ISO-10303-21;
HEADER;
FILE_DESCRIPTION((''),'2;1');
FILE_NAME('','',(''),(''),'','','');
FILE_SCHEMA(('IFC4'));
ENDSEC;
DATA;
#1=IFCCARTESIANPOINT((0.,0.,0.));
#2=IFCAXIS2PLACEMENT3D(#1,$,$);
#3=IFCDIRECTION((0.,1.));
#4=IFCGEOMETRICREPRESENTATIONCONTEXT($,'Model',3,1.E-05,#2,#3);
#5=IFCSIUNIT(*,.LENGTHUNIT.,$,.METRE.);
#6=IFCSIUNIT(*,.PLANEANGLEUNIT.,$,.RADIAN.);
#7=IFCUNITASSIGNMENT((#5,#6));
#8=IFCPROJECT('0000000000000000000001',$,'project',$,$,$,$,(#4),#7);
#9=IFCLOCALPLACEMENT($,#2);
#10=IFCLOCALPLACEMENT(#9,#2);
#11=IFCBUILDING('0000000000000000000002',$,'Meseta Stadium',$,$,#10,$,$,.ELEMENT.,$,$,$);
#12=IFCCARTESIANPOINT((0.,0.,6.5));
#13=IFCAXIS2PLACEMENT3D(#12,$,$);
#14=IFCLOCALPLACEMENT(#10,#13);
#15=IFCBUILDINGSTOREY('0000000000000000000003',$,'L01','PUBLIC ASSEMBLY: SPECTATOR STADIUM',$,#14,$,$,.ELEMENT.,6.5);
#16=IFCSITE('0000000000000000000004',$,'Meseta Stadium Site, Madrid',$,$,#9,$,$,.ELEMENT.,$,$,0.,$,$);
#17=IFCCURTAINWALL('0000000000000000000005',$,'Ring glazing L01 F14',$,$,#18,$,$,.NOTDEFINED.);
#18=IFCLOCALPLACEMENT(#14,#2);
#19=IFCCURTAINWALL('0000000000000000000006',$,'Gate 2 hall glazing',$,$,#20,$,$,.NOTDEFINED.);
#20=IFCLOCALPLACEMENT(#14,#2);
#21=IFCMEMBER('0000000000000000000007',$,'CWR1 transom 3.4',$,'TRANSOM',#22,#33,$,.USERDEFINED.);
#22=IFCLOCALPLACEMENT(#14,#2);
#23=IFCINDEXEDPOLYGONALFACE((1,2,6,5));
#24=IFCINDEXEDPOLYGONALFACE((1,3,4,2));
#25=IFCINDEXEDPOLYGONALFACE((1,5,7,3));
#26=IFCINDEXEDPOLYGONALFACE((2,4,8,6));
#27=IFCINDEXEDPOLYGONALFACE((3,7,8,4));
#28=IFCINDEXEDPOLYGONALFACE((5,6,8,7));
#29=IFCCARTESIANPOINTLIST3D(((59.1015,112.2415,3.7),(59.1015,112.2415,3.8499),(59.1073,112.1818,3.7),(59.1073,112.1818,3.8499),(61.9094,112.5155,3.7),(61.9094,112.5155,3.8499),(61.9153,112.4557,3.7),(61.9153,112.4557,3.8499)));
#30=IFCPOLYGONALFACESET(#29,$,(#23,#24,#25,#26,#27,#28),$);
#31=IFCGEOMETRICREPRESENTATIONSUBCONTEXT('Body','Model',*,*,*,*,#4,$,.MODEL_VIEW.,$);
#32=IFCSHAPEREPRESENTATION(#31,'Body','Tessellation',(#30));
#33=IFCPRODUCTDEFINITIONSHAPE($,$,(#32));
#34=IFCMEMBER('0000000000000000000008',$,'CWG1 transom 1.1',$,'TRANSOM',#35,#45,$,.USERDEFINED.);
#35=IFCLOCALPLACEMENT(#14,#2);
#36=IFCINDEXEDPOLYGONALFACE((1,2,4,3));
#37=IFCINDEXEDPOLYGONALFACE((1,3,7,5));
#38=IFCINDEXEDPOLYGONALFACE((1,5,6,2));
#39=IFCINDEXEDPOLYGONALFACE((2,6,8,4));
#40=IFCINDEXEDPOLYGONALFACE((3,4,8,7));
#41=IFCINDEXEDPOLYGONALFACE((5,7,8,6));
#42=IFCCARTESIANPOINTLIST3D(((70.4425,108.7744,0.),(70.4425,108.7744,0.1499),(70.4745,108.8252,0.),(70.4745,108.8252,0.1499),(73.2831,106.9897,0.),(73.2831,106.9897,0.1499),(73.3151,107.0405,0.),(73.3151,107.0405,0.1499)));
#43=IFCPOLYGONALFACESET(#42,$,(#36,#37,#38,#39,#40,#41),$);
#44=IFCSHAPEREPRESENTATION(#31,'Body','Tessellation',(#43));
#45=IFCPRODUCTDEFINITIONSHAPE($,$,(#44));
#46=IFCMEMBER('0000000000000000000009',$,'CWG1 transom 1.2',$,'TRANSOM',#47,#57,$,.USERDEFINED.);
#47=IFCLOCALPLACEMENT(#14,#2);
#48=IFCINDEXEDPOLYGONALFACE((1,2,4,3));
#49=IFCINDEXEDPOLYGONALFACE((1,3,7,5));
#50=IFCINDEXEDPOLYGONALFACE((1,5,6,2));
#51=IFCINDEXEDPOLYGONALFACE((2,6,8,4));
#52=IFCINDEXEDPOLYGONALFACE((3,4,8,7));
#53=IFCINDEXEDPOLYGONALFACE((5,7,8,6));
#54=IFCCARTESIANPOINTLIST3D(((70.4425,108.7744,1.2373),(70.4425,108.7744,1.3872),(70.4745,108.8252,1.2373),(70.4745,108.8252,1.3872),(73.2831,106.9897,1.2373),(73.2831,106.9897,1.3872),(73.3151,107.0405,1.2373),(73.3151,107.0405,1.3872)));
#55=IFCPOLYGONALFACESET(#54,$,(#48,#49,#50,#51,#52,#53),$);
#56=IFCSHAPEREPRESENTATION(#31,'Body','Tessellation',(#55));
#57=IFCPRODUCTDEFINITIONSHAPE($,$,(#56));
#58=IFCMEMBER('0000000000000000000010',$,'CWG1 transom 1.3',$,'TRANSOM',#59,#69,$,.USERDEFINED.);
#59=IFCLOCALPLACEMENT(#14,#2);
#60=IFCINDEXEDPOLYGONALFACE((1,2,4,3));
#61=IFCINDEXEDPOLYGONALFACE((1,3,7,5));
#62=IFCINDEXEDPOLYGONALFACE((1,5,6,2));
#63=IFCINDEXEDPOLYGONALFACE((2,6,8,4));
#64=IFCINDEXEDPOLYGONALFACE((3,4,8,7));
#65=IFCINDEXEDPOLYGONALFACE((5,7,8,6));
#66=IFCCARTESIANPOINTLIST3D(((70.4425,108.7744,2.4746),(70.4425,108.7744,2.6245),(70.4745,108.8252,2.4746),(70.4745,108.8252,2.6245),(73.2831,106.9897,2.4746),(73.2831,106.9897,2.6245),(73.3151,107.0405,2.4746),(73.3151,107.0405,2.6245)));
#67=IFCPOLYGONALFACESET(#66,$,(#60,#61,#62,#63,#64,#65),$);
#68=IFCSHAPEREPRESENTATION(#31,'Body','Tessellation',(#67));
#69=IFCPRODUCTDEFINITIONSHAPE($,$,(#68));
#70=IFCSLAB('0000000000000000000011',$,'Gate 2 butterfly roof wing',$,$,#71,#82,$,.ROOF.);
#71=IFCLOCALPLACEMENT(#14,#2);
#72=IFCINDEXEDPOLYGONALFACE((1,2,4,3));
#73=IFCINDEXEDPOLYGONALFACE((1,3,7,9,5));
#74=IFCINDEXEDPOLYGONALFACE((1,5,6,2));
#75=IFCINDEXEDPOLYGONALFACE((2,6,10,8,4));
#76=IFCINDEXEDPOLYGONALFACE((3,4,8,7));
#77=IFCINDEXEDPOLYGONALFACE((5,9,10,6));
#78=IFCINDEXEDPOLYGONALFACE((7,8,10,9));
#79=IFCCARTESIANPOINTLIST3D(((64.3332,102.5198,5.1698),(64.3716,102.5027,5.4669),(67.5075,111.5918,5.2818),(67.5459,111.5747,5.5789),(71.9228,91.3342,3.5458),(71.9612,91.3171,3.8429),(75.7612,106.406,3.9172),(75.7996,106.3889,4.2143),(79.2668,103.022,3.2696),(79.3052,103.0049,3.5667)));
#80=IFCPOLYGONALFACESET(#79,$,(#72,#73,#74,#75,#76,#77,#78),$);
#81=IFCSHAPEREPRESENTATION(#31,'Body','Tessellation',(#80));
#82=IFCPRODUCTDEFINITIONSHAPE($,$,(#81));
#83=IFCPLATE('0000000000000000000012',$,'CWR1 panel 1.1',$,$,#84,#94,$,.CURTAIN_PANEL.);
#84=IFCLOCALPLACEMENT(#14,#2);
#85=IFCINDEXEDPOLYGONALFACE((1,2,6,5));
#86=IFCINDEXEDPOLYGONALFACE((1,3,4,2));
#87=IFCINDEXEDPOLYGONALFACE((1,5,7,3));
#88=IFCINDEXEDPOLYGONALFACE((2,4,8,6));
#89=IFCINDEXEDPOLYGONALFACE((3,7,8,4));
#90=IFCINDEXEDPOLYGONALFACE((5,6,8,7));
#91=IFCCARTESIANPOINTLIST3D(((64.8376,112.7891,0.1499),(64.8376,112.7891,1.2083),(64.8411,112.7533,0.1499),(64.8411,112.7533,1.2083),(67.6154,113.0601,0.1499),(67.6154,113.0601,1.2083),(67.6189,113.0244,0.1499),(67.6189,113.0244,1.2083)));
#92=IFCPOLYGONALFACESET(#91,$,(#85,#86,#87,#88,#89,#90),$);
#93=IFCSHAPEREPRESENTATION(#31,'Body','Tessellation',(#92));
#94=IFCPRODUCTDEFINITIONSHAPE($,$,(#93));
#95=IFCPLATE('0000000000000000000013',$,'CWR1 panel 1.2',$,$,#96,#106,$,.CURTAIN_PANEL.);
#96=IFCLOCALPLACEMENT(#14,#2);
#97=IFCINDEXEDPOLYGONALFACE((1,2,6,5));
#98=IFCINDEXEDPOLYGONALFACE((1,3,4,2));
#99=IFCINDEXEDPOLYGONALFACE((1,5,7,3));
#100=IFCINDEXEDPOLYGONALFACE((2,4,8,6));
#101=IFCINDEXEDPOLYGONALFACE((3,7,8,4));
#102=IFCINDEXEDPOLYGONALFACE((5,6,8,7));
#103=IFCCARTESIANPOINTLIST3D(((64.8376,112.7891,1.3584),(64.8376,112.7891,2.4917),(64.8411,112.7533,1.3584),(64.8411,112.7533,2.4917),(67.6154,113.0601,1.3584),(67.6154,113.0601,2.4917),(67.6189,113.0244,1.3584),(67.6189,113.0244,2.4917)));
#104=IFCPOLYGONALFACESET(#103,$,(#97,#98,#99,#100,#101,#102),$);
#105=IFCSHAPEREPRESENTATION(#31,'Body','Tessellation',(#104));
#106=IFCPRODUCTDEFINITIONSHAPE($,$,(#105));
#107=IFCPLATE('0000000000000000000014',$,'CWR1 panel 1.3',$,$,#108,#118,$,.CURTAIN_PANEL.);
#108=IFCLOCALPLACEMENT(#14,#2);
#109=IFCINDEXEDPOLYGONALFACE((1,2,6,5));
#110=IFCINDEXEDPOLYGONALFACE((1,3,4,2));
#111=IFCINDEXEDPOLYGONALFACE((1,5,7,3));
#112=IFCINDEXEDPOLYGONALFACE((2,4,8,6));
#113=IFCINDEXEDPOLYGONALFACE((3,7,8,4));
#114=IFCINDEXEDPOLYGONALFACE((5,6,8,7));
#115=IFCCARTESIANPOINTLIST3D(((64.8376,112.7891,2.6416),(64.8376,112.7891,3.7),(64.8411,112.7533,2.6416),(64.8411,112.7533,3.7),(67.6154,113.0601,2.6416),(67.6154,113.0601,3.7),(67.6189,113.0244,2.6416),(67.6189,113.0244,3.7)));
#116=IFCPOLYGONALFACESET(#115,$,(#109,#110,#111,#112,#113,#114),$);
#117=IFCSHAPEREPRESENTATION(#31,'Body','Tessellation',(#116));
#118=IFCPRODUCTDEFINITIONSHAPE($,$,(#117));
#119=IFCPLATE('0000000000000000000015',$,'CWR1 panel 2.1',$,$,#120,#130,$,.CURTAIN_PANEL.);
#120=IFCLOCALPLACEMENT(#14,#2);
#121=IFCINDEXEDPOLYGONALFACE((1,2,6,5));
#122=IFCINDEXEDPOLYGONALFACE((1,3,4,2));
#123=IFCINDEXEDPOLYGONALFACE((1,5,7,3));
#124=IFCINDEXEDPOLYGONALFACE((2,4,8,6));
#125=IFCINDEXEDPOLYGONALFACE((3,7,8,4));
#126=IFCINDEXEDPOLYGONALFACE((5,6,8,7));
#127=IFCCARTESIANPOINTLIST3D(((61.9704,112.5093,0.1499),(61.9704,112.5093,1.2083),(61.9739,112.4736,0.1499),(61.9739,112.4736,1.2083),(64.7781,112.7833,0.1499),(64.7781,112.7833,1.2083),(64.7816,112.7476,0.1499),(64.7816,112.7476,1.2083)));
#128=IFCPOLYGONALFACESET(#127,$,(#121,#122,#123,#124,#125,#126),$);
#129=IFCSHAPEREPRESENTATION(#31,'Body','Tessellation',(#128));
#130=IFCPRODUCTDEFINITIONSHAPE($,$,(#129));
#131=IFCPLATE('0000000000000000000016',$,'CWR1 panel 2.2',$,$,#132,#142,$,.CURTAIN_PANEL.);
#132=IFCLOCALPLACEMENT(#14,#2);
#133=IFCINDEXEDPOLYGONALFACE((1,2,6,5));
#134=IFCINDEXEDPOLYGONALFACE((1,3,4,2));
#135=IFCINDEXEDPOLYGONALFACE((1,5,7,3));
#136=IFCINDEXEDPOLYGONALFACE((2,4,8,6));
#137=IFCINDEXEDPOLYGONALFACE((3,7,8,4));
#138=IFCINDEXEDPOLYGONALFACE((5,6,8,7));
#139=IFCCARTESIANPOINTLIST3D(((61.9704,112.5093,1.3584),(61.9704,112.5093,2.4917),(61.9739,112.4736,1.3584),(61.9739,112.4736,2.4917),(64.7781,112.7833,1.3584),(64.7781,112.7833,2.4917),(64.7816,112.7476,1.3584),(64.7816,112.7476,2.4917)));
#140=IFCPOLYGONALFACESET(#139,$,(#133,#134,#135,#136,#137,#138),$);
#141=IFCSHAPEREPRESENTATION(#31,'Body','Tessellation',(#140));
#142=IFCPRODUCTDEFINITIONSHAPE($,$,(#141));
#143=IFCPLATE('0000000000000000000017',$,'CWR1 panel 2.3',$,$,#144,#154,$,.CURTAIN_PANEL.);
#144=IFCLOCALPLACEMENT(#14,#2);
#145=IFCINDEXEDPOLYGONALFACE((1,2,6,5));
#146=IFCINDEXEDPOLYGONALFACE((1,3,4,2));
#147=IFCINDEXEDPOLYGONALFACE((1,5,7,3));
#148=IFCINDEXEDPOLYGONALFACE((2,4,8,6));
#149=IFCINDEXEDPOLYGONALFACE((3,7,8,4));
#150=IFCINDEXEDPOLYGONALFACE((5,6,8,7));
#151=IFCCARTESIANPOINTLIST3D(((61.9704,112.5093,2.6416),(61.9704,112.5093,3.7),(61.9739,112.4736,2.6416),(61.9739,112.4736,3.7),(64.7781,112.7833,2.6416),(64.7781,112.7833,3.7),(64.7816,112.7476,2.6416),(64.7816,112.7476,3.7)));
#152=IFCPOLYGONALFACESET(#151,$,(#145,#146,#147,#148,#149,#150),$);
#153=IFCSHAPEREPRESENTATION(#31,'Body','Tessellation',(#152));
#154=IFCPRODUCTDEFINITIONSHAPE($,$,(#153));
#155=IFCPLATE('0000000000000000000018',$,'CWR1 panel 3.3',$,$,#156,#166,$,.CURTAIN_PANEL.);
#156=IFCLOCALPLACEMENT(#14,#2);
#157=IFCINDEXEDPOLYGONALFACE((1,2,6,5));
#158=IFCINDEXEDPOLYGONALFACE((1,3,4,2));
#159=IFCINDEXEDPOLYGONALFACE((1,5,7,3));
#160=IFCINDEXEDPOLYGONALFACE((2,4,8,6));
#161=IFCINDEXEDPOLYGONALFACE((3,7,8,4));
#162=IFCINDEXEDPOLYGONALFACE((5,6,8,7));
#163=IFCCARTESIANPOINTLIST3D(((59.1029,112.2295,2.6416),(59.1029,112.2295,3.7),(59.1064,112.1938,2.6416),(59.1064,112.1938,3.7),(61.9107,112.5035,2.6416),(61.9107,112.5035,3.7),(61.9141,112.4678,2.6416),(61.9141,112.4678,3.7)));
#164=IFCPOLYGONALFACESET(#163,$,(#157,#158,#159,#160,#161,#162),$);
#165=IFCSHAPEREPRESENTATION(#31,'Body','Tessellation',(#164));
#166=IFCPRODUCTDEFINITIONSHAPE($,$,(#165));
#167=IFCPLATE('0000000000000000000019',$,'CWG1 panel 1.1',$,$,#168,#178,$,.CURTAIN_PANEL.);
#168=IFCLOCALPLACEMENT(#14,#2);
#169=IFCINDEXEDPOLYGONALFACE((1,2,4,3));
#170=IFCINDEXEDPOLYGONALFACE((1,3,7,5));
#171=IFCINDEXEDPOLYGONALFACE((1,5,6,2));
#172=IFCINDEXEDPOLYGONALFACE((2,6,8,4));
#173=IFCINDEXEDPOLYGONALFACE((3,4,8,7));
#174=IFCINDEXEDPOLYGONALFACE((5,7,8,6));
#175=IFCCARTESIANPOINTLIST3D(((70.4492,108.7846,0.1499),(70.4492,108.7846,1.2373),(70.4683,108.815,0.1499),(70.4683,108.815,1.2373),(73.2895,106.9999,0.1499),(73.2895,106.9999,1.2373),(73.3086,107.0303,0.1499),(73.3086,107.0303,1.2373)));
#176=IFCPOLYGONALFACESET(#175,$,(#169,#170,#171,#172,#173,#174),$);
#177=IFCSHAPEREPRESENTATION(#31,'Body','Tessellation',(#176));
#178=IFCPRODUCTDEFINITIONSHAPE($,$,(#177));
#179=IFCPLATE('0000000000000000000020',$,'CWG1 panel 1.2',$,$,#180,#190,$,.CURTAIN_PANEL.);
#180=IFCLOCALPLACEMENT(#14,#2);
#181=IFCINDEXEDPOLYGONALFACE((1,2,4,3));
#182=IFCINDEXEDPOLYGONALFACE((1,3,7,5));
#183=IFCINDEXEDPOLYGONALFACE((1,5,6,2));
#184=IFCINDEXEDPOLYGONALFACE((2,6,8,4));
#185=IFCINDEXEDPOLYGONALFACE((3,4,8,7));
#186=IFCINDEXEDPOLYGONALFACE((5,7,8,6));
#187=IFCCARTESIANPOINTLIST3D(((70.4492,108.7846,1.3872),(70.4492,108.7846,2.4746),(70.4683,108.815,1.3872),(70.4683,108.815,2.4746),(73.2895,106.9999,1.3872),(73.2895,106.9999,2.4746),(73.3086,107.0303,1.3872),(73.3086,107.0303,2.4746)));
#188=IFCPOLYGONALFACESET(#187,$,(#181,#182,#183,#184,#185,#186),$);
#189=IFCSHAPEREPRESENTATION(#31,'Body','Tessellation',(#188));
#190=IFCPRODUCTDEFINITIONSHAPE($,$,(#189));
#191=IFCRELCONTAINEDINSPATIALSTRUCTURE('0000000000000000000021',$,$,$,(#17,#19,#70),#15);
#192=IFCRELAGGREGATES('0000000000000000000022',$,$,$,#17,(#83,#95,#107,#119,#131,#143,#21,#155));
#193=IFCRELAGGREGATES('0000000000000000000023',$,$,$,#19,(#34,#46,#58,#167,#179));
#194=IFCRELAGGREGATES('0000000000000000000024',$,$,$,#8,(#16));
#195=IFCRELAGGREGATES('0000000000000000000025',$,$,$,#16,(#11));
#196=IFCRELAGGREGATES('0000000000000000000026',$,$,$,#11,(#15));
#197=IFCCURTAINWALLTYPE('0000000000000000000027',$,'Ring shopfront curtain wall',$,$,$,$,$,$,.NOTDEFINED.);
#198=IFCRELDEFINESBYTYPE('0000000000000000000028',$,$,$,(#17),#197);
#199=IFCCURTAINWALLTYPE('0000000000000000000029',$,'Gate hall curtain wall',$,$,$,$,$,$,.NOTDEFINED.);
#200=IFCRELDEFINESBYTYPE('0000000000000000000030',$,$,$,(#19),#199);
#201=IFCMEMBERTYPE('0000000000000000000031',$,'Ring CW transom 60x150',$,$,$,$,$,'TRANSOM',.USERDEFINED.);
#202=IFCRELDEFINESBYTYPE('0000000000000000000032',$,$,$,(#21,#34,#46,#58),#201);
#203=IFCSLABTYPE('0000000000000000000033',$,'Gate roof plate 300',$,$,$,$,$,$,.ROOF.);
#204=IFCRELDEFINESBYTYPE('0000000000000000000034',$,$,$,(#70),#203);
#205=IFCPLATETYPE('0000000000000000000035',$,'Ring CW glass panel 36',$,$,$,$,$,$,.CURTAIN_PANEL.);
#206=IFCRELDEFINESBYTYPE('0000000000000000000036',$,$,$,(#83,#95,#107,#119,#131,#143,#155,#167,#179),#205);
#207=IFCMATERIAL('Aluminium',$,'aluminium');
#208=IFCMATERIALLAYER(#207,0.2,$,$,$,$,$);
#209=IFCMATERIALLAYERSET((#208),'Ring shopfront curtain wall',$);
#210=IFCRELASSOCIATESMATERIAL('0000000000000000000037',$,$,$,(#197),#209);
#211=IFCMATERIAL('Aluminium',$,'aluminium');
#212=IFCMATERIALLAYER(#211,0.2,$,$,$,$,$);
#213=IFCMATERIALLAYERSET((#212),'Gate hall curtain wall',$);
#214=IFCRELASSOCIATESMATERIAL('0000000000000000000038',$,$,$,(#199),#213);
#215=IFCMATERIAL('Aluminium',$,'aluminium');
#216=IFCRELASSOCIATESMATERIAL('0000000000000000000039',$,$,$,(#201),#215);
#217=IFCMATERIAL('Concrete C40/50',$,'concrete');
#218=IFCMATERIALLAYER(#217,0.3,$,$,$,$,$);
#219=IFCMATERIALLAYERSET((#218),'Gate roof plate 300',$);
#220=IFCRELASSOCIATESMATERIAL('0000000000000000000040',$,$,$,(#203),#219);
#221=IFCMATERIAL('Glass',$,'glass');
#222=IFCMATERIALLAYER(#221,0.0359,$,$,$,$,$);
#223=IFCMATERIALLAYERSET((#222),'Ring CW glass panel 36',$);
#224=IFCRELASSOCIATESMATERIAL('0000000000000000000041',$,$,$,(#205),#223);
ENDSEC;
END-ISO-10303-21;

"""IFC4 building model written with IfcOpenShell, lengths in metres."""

from ifc_helpers import new_model, si_unit, direction, frame, origin, origin_2d, place, context, subcontext, project, spatial, polyline, rectangle, outline, extrude, material, layer, layer_set, material_profile, profile_set, type_object, element, aggregate, save


model = new_model("IFC4")

# Units and contexts
model_context = context("Model", 3, precision=1e-05, world=origin(), true_north=direction((0.0, 1.0)))
body_context = subcontext(model_context, "Body", "Model", "MODEL_VIEW")
ifc_project = project(units=[si_unit("LENGTHUNIT", "METRE"), si_unit("PLANEANGLEUNIT", "RADIAN")], contexts=[model_context])

# Site, building, storey
site_placement = place(None, origin())
site = spatial("IfcSite", under=ifc_project, at=site_placement, Name="Meseta Stadium Site, Madrid", CompositionType="ELEMENT", RefElevation=0.0)
building_placement = place(site_placement, origin())
building = spatial("IfcBuilding", under=site, at=building_placement, Name="Meseta Stadium", CompositionType="ELEMENT")
storey_placement = place(building_placement, frame((0.0, 0.0, 6.5)))
storey = spatial("IfcBuildingStorey", under=building, at=storey_placement, Name="L01", Description="PUBLIC ASSEMBLY: SPECTATOR STADIUM", CompositionType="ELEMENT", Elevation=6.5)

# Curtain walls
ifc_material_1 = material(Name="Aluminium", Category="aluminium")
ifc_layer_1 = layer(ifc_material_1, 0.2)
ifc_layer_set_1 = layer_set([ifc_layer_1], Name="Ring shopfront curtain wall")
curtain_wall_type_1 = type_object("IfcCurtainWallType", Name="Ring shopfront curtain wall", PredefinedType="NOTDEFINED", material=ifc_layer_set_1)
curtain_wall_1_placement = place(storey_placement, origin())
curtain_wall_1 = element("IfcCurtainWall", 1, at=curtain_wall_1_placement, inside=storey, type_object=curtain_wall_type_1, Name="Ring glazing L01 F14", PredefinedType="NOTDEFINED")
ifc_material_2 = material(Name="Aluminium", Category="aluminium")
ifc_layer_2 = layer(ifc_material_2, 0.2)
ifc_layer_set_2 = layer_set([ifc_layer_2], Name="Gate hall curtain wall")
curtain_wall_type_2 = type_object("IfcCurtainWallType", Name="Gate hall curtain wall", PredefinedType="NOTDEFINED", material=ifc_layer_set_2)
curtain_wall_2_placement = place(storey_placement, origin())
curtain_wall_2 = element("IfcCurtainWall", 2, at=curtain_wall_2_placement, inside=storey, type_object=curtain_wall_type_2, Name="Gate 2 hall glazing", PredefinedType="NOTDEFINED")

# Members
ifc_material_3 = material(Name="Aluminium", Category="aluminium")
ifc_material_profile_1 = material_profile(ifc_material_3, rectangle(XDim=0.0601, YDim=0.1499, at=origin_2d()), Name="CW 60x150")
ifc_profile_set_1 = profile_set([ifc_material_profile_1], Name="Aluminium")
member_type_1 = type_object("IfcMemberType", Name="Ring CW transom 60x150", ElementType="TRANSOM", PredefinedType="USERDEFINED", material=ifc_profile_set_1)
member_1_placement = place(storey_placement, frame((61.9124, 112.4856, 3.7749), z_axis=(-0.995275, -0.097096, 0.0), x_axis=(0.097096, -0.995275, 0.0)))
member_1 = element("IfcMember", 3, at=member_1_placement, type_object=member_type_1, Name="CWR1 transom 3.4", ObjectType="TRANSOM", PredefinedType="USERDEFINED", context=body_context, shape_type="SweptSolid", body=[
    extrude(rectangle(XDim=0.0601, YDim=0.1499, at=origin_2d()), origin(), (0.0, 0.0, 1.0), 2.8213),
])
member_2_placement = place(storey_placement, frame((70.4585, 108.7998, 0.075), z_axis=(0.846749, -0.531993, 0.0), x_axis=(0.531993, 0.846749, 0.0)))
member_2 = element("IfcMember", 4, at=member_2_placement, type_object=member_type_1, Name="CWG1 transom 1.1", ObjectType="TRANSOM", PredefinedType="USERDEFINED", context=body_context, shape_type="SweptSolid", body=[
    extrude(rectangle(XDim=0.0601, YDim=0.1499, at=origin_2d()), origin(), (0.0, 0.0, 1.0), 3.3547),
])
member_3_placement = place(storey_placement, frame((70.4585, 108.7998, 1.3123), z_axis=(0.846749, -0.531993, 0.0), x_axis=(0.531993, 0.846749, 0.0)))
member_3 = element("IfcMember", 5, at=member_3_placement, type_object=member_type_1, Name="CWG1 transom 1.2", ObjectType="TRANSOM", PredefinedType="USERDEFINED", context=body_context, shape_type="SweptSolid", body=[
    extrude(rectangle(XDim=0.0601, YDim=0.1499, at=origin_2d()), origin(), (0.0, 0.0, 1.0), 3.3547),
])
member_4_placement = place(storey_placement, frame((70.4585, 108.7998, 2.5496), z_axis=(0.846749, -0.531993, 0.0), x_axis=(0.531993, 0.846749, 0.0)))
member_4 = element("IfcMember", 6, at=member_4_placement, type_object=member_type_1, Name="CWG1 transom 1.3", ObjectType="TRANSOM", PredefinedType="USERDEFINED", context=body_context, shape_type="SweptSolid", body=[
    extrude(rectangle(XDim=0.0601, YDim=0.1499, at=origin_2d()), origin(), (0.0, 0.0, 1.0), 3.3547),
])

# Slab
ifc_material_4 = material(Name="Concrete C40/50", Category="concrete")
ifc_layer_3 = layer(ifc_material_4, 0.3)
ifc_layer_set_3 = layer_set([ifc_layer_3], Name="Gate roof plate 300")
slab_type = type_object("IfcSlabType", Name="Gate roof plate 300", PredefinedType="ROOF", material=ifc_layer_set_3)
slab_placement = place(storey_placement, frame((67.5459, 111.5747, 5.5789), z_axis=(0.127906, -0.056974, 0.990148), x_axis=(-0.330244, -0.943824, -0.011648)))
element("IfcSlab", 7, at=slab_placement, inside=storey, type_object=slab_type, Name="Gate 2 butterfly roof wing", PredefinedType="ROOF", context=body_context, shape_type="SweptSolid", body=[
    extrude(outline(polyline([(0.0, 0.0), (9.612, 0.0), (17.6817, 10.9652), (4.2284, 14.0674), (2.1846, 9.5971), (0.0, 0.0)])), origin(), (0.0, 0.0, -1.0), 0.3),
])

# Plates
ifc_material_5 = material(Name="Glass", Category="glass")
ifc_layer_4 = layer(ifc_material_5, 0.0359)
ifc_layer_set_4 = layer_set([ifc_layer_4], Name="Ring CW glass panel 36")
plate_type = type_object("IfcPlateType", Name="Ring CW glass panel 36", PredefinedType="CURTAIN_PANEL", material=ifc_layer_set_4)
plate_1_placement = place(storey_placement, frame((66.2283, 112.9067, 0.1499), z_axis=(0.0, 0.0, 1.0), x_axis=(-0.995272, -0.097125, 0.0)))
plate_1 = element("IfcPlate", 8, at=plate_1_placement, type_object=plate_type, Name="CWR1 panel 1.1", PredefinedType="CURTAIN_PANEL", context=body_context, shape_type="SweptSolid", body=[
    extrude(rectangle(XDim=2.791, YDim=0.0359, at=origin_2d()), origin(), (0.0, 0.0, 1.0), 1.0583),
])
plate_2_placement = place(storey_placement, frame((66.2283, 112.9067, 1.3584), z_axis=(0.0, 0.0, 1.0), x_axis=(-0.995272, -0.097125, 0.0)))
plate_2 = element("IfcPlate", 9, at=plate_2_placement, type_object=plate_type, Name="CWR1 panel 1.2", PredefinedType="CURTAIN_PANEL", context=body_context, shape_type="SweptSolid", body=[
    extrude(rectangle(XDim=2.791, YDim=0.0359, at=origin_2d()), origin(), (0.0, 0.0, 1.0), 1.1333),
])
plate_3_placement = place(storey_placement, frame((66.2283, 112.9067, 2.6416), z_axis=(0.0, 0.0, 1.0), x_axis=(-0.995272, -0.097125, 0.0)))
plate_3 = element("IfcPlate", 10, at=plate_3_placement, type_object=plate_type, Name="CWR1 panel 1.3", PredefinedType="CURTAIN_PANEL", context=body_context, shape_type="SweptSolid", body=[
    extrude(rectangle(XDim=2.791, YDim=0.0359, at=origin_2d()), origin(), (0.0, 0.0, 1.0), 1.0583),
])
plate_4_placement = place(storey_placement, frame((63.376, 112.6284, 0.1499), z_axis=(0.0, 0.0, 1.0), x_axis=(-0.995272, -0.097125, 0.0)))
plate_4 = element("IfcPlate", 11, at=plate_4_placement, type_object=plate_type, Name="CWR1 panel 2.1", PredefinedType="CURTAIN_PANEL", context=body_context, shape_type="SweptSolid", body=[
    extrude(rectangle(XDim=2.821, YDim=0.0359, at=origin_2d()), origin(), (0.0, 0.0, 1.0), 1.0583),
])
plate_5_placement = place(storey_placement, frame((63.376, 112.6284, 1.3584), z_axis=(0.0, 0.0, 1.0), x_axis=(-0.995272, -0.097125, 0.0)))
plate_5 = element("IfcPlate", 12, at=plate_5_placement, type_object=plate_type, Name="CWR1 panel 2.2", PredefinedType="CURTAIN_PANEL", context=body_context, shape_type="SweptSolid", body=[
    extrude(rectangle(XDim=2.821, YDim=0.0359, at=origin_2d()), origin(), (0.0, 0.0, 1.0), 1.1333),
])
plate_6_placement = place(storey_placement, frame((63.376, 112.6284, 2.6416), z_axis=(0.0, 0.0, 1.0), x_axis=(-0.995272, -0.097125, 0.0)))
plate_6 = element("IfcPlate", 13, at=plate_6_placement, type_object=plate_type, Name="CWR1 panel 2.3", PredefinedType="CURTAIN_PANEL", context=body_context, shape_type="SweptSolid", body=[
    extrude(rectangle(XDim=2.821, YDim=0.0359, at=origin_2d()), origin(), (0.0, 0.0, 1.0), 1.0583),
])
plate_7_placement = place(storey_placement, frame((60.5085, 112.3486, 2.6416), z_axis=(0.0, 0.0, 1.0), x_axis=(-0.995272, -0.097125, 0.0)))
plate_7 = element("IfcPlate", 14, at=plate_7_placement, type_object=plate_type, Name="CWR1 panel 3.3", PredefinedType="CURTAIN_PANEL", context=body_context, shape_type="SweptSolid", body=[
    extrude(rectangle(XDim=2.821, YDim=0.0359, at=origin_2d()), origin(), (0.0, 0.0, 1.0), 1.0583),
])
aggregate(curtain_wall_1, [plate_1, plate_2, plate_3, plate_4, plate_5, plate_6, member_1, plate_7])
plate_8_placement = place(storey_placement, frame((71.8789, 107.9075, 0.1499), z_axis=(0.0, 0.0, 1.0), x_axis=(0.846727, -0.532028, 0.0)))
plate_8 = element("IfcPlate", 15, at=plate_8_placement, type_object=plate_type, Name="CWG1 panel 1.1", PredefinedType="CURTAIN_PANEL", context=body_context, shape_type="SweptSolid", body=[
    extrude(rectangle(XDim=3.3545, YDim=0.0359, at=origin_2d()), origin(), (0.0, 0.0, 1.0), 1.0874),
])
plate_9_placement = place(storey_placement, frame((71.8789, 107.9075, 1.3872), z_axis=(0.0, 0.0, 1.0), x_axis=(0.846727, -0.532028, 0.0)))
plate_9 = element("IfcPlate", 16, at=plate_9_placement, type_object=plate_type, Name="CWG1 panel 1.2", PredefinedType="CURTAIN_PANEL", context=body_context, shape_type="SweptSolid", body=[
    extrude(rectangle(XDim=3.3545, YDim=0.0359, at=origin_2d()), origin(), (0.0, 0.0, 1.0), 1.0874),
])
aggregate(curtain_wall_2, [member_2, member_3, member_4, plate_8, plate_9])

save(model, "model.ifc")
